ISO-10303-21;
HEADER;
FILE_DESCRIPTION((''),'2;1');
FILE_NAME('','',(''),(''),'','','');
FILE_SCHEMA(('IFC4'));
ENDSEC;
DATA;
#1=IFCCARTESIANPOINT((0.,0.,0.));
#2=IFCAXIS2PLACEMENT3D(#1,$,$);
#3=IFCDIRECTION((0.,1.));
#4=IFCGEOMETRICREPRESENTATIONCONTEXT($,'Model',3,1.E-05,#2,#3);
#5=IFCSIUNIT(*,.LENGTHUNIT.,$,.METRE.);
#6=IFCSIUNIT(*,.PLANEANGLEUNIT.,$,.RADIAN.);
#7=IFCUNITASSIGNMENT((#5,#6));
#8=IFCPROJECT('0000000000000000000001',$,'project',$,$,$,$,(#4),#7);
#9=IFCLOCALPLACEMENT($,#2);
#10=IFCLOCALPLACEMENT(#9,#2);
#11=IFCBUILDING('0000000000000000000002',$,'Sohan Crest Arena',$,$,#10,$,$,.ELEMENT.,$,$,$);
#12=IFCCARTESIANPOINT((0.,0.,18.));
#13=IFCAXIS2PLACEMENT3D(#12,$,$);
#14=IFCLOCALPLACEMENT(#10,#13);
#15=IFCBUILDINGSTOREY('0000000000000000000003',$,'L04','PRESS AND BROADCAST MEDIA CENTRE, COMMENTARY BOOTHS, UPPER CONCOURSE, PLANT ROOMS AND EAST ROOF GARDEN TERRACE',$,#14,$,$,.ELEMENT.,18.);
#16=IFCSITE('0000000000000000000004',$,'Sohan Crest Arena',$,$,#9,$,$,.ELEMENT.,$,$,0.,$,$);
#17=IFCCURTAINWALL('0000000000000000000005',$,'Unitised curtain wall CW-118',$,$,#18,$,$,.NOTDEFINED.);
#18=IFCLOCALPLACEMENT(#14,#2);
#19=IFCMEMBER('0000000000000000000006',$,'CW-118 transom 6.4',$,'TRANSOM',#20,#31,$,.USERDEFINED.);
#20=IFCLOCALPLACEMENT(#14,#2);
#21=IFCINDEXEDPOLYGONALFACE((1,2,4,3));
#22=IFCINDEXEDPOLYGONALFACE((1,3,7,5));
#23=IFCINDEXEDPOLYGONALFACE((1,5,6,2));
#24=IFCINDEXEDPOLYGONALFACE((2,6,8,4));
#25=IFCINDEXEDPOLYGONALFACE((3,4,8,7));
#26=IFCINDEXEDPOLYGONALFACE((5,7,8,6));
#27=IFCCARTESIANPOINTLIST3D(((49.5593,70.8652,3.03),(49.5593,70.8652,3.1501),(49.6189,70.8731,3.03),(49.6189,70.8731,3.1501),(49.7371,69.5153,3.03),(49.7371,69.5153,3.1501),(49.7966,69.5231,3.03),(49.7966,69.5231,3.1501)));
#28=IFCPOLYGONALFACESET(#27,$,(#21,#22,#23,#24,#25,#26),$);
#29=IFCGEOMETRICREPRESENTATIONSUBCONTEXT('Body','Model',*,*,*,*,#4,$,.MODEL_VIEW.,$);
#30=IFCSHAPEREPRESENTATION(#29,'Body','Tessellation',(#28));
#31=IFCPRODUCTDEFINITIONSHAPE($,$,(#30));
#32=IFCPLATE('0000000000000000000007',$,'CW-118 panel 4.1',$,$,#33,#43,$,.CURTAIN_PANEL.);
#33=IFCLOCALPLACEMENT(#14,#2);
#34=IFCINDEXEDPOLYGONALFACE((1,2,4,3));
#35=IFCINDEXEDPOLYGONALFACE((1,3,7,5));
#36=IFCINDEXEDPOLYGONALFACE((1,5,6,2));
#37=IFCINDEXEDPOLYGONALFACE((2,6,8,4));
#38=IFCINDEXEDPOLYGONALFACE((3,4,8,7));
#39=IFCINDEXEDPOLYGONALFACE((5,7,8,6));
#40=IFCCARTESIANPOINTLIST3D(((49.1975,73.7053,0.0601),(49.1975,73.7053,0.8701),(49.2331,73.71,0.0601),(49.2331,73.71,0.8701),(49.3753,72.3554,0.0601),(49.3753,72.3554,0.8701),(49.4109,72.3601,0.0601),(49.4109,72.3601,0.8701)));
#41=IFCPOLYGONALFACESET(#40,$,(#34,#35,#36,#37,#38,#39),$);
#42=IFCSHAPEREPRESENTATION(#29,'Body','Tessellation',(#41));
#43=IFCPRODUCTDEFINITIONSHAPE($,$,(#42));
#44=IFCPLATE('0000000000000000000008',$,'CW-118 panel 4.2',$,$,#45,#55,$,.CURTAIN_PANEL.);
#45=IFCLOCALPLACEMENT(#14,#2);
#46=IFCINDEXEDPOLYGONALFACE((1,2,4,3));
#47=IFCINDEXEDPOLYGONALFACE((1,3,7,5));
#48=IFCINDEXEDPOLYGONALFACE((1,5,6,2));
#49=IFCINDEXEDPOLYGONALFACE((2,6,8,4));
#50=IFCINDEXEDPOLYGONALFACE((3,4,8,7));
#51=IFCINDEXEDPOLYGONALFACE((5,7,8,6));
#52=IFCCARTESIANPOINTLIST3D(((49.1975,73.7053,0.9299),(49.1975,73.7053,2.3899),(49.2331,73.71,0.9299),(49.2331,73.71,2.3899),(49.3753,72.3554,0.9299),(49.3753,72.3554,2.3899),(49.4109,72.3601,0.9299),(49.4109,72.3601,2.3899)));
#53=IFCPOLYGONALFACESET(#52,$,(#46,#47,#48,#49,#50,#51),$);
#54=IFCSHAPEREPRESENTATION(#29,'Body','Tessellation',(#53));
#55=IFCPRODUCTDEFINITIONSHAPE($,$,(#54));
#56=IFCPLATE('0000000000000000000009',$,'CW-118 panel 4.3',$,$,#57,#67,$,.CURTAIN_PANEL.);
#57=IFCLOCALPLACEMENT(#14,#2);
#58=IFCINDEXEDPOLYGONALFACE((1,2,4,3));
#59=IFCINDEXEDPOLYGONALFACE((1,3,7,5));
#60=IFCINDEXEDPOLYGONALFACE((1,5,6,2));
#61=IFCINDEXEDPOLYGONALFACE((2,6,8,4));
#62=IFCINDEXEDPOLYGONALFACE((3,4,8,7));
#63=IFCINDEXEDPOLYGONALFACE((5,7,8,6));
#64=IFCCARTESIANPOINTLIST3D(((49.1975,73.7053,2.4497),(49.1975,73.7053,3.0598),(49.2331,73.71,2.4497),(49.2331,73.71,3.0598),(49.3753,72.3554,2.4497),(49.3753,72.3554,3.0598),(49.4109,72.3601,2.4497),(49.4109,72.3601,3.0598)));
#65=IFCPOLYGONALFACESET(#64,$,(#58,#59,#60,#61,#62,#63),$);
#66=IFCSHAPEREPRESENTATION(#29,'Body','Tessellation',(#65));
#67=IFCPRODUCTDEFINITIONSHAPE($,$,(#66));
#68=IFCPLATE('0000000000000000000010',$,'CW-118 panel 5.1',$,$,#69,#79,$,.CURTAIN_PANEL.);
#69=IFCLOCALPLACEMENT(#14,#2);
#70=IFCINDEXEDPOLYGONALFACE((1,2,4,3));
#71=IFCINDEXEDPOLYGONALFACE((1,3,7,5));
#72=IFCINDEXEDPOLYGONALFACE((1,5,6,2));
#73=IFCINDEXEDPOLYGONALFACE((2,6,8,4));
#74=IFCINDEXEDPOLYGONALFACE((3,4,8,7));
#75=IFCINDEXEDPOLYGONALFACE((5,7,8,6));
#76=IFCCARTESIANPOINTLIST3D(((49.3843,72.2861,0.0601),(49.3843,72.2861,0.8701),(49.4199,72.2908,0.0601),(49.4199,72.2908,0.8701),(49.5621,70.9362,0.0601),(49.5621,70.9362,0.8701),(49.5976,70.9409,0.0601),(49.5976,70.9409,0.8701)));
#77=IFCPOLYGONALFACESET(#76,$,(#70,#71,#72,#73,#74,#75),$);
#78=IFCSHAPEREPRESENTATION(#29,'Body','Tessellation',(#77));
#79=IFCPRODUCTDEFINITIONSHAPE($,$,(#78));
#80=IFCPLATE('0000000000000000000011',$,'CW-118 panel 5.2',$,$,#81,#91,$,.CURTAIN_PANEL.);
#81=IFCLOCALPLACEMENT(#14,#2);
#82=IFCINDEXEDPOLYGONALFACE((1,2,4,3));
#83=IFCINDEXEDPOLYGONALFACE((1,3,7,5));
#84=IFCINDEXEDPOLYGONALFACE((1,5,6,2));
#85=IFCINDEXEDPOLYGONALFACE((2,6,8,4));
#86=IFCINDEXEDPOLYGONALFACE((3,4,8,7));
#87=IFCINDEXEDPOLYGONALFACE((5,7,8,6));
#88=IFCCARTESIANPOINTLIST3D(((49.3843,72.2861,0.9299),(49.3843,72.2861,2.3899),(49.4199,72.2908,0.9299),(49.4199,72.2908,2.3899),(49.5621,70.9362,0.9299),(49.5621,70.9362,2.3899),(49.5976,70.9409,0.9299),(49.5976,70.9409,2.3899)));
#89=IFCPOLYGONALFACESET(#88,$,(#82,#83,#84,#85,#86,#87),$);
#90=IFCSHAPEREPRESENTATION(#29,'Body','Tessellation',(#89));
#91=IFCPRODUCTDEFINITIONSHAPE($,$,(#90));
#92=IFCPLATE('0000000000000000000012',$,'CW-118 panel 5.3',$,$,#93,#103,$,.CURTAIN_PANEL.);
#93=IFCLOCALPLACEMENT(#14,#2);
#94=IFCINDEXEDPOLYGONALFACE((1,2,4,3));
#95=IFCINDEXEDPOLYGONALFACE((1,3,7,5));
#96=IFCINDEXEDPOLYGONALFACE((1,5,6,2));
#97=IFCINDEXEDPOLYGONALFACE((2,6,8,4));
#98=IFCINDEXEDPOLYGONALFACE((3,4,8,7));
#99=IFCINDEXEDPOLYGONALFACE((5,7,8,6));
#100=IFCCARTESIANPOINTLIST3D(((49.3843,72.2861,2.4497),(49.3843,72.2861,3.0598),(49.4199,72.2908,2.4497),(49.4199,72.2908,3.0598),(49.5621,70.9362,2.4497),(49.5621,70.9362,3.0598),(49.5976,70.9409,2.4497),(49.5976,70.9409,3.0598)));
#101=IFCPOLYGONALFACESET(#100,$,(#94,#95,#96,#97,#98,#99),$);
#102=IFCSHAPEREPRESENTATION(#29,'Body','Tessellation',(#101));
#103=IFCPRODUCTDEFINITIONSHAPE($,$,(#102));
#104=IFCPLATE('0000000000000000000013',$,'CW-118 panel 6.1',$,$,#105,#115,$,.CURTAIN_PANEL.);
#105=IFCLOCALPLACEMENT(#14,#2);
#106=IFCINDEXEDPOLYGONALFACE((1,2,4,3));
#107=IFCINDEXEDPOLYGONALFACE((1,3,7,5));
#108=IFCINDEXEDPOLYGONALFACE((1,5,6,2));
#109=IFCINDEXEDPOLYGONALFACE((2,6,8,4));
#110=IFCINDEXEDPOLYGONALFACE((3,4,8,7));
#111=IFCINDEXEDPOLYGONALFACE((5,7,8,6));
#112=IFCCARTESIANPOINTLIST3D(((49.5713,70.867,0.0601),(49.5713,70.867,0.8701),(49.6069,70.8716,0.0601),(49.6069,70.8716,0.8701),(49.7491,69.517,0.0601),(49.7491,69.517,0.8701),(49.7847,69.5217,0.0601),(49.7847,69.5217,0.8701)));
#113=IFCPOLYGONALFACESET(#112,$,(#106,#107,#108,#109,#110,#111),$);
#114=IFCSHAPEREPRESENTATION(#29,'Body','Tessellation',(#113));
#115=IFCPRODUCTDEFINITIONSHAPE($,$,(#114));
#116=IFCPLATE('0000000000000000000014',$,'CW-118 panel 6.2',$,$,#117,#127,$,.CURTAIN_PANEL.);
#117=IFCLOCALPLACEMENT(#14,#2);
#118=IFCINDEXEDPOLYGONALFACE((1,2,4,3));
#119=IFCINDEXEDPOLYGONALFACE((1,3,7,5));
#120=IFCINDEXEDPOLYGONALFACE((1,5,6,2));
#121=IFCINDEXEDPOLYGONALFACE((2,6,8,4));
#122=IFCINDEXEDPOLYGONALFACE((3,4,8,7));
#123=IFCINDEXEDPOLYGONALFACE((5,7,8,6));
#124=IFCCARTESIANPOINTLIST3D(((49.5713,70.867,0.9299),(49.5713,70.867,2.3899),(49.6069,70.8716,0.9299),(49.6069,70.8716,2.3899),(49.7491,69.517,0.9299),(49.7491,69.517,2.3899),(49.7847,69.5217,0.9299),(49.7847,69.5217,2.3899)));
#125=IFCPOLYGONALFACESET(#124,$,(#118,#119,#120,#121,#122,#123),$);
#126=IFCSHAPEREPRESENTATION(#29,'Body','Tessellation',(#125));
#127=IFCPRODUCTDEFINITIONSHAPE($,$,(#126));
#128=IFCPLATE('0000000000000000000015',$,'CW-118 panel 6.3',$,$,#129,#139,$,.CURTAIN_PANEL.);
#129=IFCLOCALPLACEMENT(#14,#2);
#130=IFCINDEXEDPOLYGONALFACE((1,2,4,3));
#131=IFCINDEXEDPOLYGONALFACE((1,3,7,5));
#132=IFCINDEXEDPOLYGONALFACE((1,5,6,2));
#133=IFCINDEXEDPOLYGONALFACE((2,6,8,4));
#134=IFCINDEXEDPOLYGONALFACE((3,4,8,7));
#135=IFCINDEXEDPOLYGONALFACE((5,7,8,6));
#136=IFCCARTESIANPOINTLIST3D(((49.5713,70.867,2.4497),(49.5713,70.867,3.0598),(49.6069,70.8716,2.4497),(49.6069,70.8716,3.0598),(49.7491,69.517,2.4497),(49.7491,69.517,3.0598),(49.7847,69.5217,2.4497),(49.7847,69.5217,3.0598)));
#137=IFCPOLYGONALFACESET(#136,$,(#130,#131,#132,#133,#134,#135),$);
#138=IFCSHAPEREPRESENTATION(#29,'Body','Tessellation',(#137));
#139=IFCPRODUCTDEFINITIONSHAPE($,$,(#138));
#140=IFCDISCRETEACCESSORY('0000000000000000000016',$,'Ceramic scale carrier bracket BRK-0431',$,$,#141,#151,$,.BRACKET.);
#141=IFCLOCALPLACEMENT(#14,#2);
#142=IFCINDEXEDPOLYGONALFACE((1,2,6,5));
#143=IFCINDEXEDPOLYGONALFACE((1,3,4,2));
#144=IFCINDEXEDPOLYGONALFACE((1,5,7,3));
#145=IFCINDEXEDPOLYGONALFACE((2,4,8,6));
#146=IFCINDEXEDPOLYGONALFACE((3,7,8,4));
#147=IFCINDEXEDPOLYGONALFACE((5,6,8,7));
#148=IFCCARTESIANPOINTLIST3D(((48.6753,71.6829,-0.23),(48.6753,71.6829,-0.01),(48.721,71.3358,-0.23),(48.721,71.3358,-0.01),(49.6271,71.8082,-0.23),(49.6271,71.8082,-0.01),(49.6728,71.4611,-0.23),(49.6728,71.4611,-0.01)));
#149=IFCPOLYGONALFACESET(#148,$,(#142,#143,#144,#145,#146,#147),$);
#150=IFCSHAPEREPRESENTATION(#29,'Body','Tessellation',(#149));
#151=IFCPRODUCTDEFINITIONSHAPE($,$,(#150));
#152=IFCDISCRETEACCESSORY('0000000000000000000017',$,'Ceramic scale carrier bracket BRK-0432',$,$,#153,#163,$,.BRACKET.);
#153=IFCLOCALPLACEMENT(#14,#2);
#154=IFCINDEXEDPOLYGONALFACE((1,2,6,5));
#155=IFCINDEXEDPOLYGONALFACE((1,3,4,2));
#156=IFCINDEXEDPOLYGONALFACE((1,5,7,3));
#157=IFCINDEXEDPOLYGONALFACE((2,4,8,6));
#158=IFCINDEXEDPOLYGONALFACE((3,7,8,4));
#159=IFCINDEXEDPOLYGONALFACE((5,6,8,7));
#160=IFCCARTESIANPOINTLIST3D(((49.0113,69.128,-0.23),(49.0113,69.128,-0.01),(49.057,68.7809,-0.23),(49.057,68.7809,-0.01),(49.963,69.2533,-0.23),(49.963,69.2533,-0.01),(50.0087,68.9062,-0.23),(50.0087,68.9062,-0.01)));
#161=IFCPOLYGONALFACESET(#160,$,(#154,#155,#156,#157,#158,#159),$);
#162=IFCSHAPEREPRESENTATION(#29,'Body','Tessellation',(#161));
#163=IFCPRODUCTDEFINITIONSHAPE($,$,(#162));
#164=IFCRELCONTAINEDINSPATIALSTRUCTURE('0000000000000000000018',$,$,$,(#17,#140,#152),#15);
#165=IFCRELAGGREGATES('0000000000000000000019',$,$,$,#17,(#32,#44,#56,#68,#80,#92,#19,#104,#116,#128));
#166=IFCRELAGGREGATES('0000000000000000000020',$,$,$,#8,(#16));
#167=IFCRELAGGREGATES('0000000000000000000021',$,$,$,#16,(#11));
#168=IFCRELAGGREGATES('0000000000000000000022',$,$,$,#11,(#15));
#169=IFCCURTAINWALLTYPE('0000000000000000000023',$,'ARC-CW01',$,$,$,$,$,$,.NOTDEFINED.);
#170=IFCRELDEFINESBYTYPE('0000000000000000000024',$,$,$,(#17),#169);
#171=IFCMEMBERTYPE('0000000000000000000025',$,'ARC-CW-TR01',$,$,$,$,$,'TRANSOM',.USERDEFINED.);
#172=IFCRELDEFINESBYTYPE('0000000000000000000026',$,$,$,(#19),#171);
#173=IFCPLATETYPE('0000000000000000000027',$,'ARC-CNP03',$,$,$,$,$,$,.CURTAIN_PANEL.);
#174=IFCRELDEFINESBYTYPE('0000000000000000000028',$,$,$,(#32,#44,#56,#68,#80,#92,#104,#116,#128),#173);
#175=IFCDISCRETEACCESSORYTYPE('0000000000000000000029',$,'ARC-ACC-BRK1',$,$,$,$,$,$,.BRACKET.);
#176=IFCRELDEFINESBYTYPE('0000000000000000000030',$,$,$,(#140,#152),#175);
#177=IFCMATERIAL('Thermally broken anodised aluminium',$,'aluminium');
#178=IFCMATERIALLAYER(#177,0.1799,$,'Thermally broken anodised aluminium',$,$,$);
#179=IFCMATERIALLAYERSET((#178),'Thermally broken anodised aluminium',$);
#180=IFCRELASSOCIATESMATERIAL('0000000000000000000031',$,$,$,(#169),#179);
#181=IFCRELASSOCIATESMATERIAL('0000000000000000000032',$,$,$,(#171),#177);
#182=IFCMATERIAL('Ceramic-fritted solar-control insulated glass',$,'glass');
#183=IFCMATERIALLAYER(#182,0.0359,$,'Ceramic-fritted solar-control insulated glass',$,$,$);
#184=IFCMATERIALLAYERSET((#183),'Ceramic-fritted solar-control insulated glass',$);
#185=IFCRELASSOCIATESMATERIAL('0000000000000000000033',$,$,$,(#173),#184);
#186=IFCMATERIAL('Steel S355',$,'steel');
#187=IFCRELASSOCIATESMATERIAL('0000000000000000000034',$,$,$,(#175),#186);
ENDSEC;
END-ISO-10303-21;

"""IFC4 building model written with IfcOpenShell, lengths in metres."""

from ifc_helpers import new_model, si_unit, direction, frame, origin, origin_2d, place, context, subcontext, project, spatial, rectangle, extrude, material, layer, layer_set, material_profile, profile_set, type_object, element, aggregate, save


model = new_model("IFC4")

# Units and contexts
model_context = context("Model", 3, precision=1e-05, world=origin(), true_north=direction((0.0, 1.0)))
body_context = subcontext(model_context, "Body", "Model", "MODEL_VIEW")
ifc_project = project(units=[si_unit("LENGTHUNIT", "METRE"), si_unit("PLANEANGLEUNIT", "RADIAN")], contexts=[model_context])

# Site, building, storey
site_placement = place(None, origin())
site = spatial("IfcSite", under=ifc_project, at=site_placement, Name="Sohan Crest Arena", CompositionType="ELEMENT", RefElevation=0.0)
building_placement = place(site_placement, origin())
building = spatial("IfcBuilding", under=site, at=building_placement, Name="Sohan Crest Arena", CompositionType="ELEMENT")
storey_placement = place(building_placement, frame((0.0, 0.0, 18.0)))
storey = spatial("IfcBuildingStorey", under=building, at=storey_placement, Name="L04", Description="PRESS AND BROADCAST MEDIA CENTRE, COMMENTARY BOOTHS, UPPER CONCOURSE, PLANT ROOMS AND EAST ROOF GARDEN TERRACE", CompositionType="ELEMENT", Elevation=18.0)

# Curtain wall, member, plates
ifc_material_1 = material(Name="Thermally broken anodised aluminium", Category="aluminium")
ifc_layer_1 = layer(ifc_material_1, 0.1799, Name="Thermally broken anodised aluminium")
ifc_layer_set_1 = layer_set([ifc_layer_1], Name="Thermally broken anodised aluminium")
curtain_wall_type = type_object("IfcCurtainWallType", Name="ARC-CW01", PredefinedType="NOTDEFINED", material=ifc_layer_set_1)
curtain_wall_placement = place(storey_placement, origin())
curtain_wall = element("IfcCurtainWall", 1, at=curtain_wall_placement, inside=storey, type_object=curtain_wall_type, Name="Unitised curtain wall CW-118", PredefinedType="NOTDEFINED")
ifc_material_profile_1 = material_profile(ifc_material_1, rectangle(XDim=0.0601, YDim=0.1201, at=origin_2d()), Name="ALU-TRAN 60x120")
ifc_profile_set_1 = profile_set([ifc_material_profile_1], Name="Thermally broken anodised aluminium")
member_type_1 = type_object("IfcMemberType", Name="ARC-CW-TR01", ElementType="TRANSOM", PredefinedType="USERDEFINED", material=ifc_profile_set_1)
member_1_placement = place(storey_placement, frame((49.5891, 70.8691, 3.0901), z_axis=(0.130543, -0.991443, 0.0), x_axis=(0.991443, 0.130543, 0.0)))
member_1 = element("IfcMember", 2, at=member_1_placement, type_object=member_type_1, Name="CW-118 transom 6.4", ObjectType="TRANSOM", PredefinedType="USERDEFINED", context=body_context, shape_type="SweptSolid", body=[
    extrude(rectangle(XDim=0.0601, YDim=0.1201, at=origin_2d()), origin(), (0.0, 0.0, 1.0), 1.3616),
])
ifc_material_2 = material(Name="Ceramic-fritted solar-control insulated glass", Category="glass")
ifc_layer_2 = layer(ifc_material_2, 0.0359, Name="Ceramic-fritted solar-control insulated glass")
ifc_layer_set_2 = layer_set([ifc_layer_2], Name="Ceramic-fritted solar-control insulated glass")
plate_type = type_object("IfcPlateType", Name="ARC-CNP03", PredefinedType="CURTAIN_PANEL", material=ifc_layer_set_2)
plate_1_placement = place(storey_placement, frame((49.3042, 73.0327, 0.0601), z_axis=(0.0, 0.0, 1.0), x_axis=(0.130557, -0.991441, 0.0)))
plate_1 = element("IfcPlate", 3, at=plate_1_placement, type_object=plate_type, Name="CW-118 panel 4.1", PredefinedType="CURTAIN_PANEL", context=body_context, shape_type="SweptSolid", body=[
    extrude(rectangle(XDim=1.3616, YDim=0.0359, at=origin_2d()), origin(), (0.0, 0.0, 1.0), 0.8101),
])
plate_2_placement = place(storey_placement, frame((49.3042, 73.0327, 0.9299), z_axis=(0.0, 0.0, 1.0), x_axis=(0.130557, -0.991441, 0.0)))
plate_2 = element("IfcPlate", 4, at=plate_2_placement, type_object=plate_type, Name="CW-118 panel 4.2", PredefinedType="CURTAIN_PANEL", context=body_context, shape_type="SweptSolid", body=[
    extrude(rectangle(XDim=1.3616, YDim=0.0359, at=origin_2d()), origin(), (0.0, 0.0, 1.0), 1.46),
])
plate_3_placement = place(storey_placement, frame((49.3042, 73.0327, 2.4497), z_axis=(0.0, 0.0, 1.0), x_axis=(0.130557, -0.991441, 0.0)))
plate_3 = element("IfcPlate", 5, at=plate_3_placement, type_object=plate_type, Name="CW-118 panel 4.3", PredefinedType="CURTAIN_PANEL", context=body_context, shape_type="SweptSolid", body=[
    extrude(rectangle(XDim=1.3616, YDim=0.0359, at=origin_2d()), origin(), (0.0, 0.0, 1.0), 0.6101),
])
plate_4_placement = place(storey_placement, frame((49.491, 71.6135, 0.0601), z_axis=(0.0, 0.0, 1.0), x_axis=(0.130557, -0.991441, 0.0)))
plate_4 = element("IfcPlate", 6, at=plate_4_placement, type_object=plate_type, Name="CW-118 panel 5.1", PredefinedType="CURTAIN_PANEL", context=body_context, shape_type="SweptSolid", body=[
    extrude(rectangle(XDim=1.3616, YDim=0.0359, at=origin_2d()), origin(), (0.0, 0.0, 1.0), 0.8101),
])
plate_5_placement = place(storey_placement, frame((49.491, 71.6135, 0.9299), z_axis=(0.0, 0.0, 1.0), x_axis=(0.130557, -0.991441, 0.0)))
plate_5 = element("IfcPlate", 7, at=plate_5_placement, type_object=plate_type, Name="CW-118 panel 5.2", PredefinedType="CURTAIN_PANEL", context=body_context, shape_type="SweptSolid", body=[
    extrude(rectangle(XDim=1.3616, YDim=0.0359, at=origin_2d()), origin(), (0.0, 0.0, 1.0), 1.46),
])
plate_6_placement = place(storey_placement, frame((49.491, 71.6135, 2.4497), z_axis=(0.0, 0.0, 1.0), x_axis=(0.130557, -0.991441, 0.0)))
plate_6 = element("IfcPlate", 8, at=plate_6_placement, type_object=plate_type, Name="CW-118 panel 5.3", PredefinedType="CURTAIN_PANEL", context=body_context, shape_type="SweptSolid", body=[
    extrude(rectangle(XDim=1.3616, YDim=0.0359, at=origin_2d()), origin(), (0.0, 0.0, 1.0), 0.6101),
])
plate_7_placement = place(storey_placement, frame((49.678, 70.1943, 0.0601), z_axis=(0.0, 0.0, 1.0), x_axis=(0.130557, -0.991441, 0.0)))
plate_7 = element("IfcPlate", 9, at=plate_7_placement, type_object=plate_type, Name="CW-118 panel 6.1", PredefinedType="CURTAIN_PANEL", context=body_context, shape_type="SweptSolid", body=[
    extrude(rectangle(XDim=1.3616, YDim=0.0359, at=origin_2d()), origin(), (0.0, 0.0, 1.0), 0.8101),
])
plate_8_placement = place(storey_placement, frame((49.678, 70.1943, 0.9299), z_axis=(0.0, 0.0, 1.0), x_axis=(0.130557, -0.991441, 0.0)))
plate_8 = element("IfcPlate", 10, at=plate_8_placement, type_object=plate_type, Name="CW-118 panel 6.2", PredefinedType="CURTAIN_PANEL", context=body_context, shape_type="SweptSolid", body=[
    extrude(rectangle(XDim=1.3616, YDim=0.0359, at=origin_2d()), origin(), (0.0, 0.0, 1.0), 1.46),
])
plate_9_placement = place(storey_placement, frame((49.678, 70.1943, 2.4497), z_axis=(0.0, 0.0, 1.0), x_axis=(0.130557, -0.991441, 0.0)))
plate_9 = element("IfcPlate", 11, at=plate_9_placement, type_object=plate_type, Name="CW-118 panel 6.3", PredefinedType="CURTAIN_PANEL", context=body_context, shape_type="SweptSolid", body=[
    extrude(rectangle(XDim=1.3616, YDim=0.0359, at=origin_2d()), origin(), (0.0, 0.0, 1.0), 0.6101),
])
aggregate(curtain_wall, [plate_1, plate_2, plate_3, plate_4, plate_5, plate_6, member_1, plate_7, plate_8, plate_9])

# Discrete accessories
ifc_material_3 = material(Name="Steel S355", Category="steel")
discrete_accessory_type = type_object("IfcDiscreteAccessoryType", Name="ARC-ACC-BRK1", PredefinedType="BRACKET", material=ifc_material_3)
for number, where, z_axis, x_axis, name in (
    (12, (49.1741, 71.572, -0.23), (0.0, 0.0, 1.0), (0.130526, -0.991445, 0.0), "Ceramic scale carrier bracket BRK-0431"),
    (13, (49.51, 69.0171, -0.23), (0.0, 0.0, 1.0), (0.130526, -0.991445, 0.0), "Ceramic scale carrier bracket BRK-0432"),
):
    element("IfcDiscreteAccessory", number, at=place(storey_placement, frame(where, z_axis=z_axis, x_axis=x_axis)), inside=storey, type_object=discrete_accessory_type, Name=name, PredefinedType="BRACKET", context=body_context, shape_type="SweptSolid", body=[
        extrude(rectangle(XDim=0.3501, YDim=0.96, at=origin_2d()), origin(), (0.0, 0.0, 1.0), 0.22),
    ])

save(model, "model.ifc")
